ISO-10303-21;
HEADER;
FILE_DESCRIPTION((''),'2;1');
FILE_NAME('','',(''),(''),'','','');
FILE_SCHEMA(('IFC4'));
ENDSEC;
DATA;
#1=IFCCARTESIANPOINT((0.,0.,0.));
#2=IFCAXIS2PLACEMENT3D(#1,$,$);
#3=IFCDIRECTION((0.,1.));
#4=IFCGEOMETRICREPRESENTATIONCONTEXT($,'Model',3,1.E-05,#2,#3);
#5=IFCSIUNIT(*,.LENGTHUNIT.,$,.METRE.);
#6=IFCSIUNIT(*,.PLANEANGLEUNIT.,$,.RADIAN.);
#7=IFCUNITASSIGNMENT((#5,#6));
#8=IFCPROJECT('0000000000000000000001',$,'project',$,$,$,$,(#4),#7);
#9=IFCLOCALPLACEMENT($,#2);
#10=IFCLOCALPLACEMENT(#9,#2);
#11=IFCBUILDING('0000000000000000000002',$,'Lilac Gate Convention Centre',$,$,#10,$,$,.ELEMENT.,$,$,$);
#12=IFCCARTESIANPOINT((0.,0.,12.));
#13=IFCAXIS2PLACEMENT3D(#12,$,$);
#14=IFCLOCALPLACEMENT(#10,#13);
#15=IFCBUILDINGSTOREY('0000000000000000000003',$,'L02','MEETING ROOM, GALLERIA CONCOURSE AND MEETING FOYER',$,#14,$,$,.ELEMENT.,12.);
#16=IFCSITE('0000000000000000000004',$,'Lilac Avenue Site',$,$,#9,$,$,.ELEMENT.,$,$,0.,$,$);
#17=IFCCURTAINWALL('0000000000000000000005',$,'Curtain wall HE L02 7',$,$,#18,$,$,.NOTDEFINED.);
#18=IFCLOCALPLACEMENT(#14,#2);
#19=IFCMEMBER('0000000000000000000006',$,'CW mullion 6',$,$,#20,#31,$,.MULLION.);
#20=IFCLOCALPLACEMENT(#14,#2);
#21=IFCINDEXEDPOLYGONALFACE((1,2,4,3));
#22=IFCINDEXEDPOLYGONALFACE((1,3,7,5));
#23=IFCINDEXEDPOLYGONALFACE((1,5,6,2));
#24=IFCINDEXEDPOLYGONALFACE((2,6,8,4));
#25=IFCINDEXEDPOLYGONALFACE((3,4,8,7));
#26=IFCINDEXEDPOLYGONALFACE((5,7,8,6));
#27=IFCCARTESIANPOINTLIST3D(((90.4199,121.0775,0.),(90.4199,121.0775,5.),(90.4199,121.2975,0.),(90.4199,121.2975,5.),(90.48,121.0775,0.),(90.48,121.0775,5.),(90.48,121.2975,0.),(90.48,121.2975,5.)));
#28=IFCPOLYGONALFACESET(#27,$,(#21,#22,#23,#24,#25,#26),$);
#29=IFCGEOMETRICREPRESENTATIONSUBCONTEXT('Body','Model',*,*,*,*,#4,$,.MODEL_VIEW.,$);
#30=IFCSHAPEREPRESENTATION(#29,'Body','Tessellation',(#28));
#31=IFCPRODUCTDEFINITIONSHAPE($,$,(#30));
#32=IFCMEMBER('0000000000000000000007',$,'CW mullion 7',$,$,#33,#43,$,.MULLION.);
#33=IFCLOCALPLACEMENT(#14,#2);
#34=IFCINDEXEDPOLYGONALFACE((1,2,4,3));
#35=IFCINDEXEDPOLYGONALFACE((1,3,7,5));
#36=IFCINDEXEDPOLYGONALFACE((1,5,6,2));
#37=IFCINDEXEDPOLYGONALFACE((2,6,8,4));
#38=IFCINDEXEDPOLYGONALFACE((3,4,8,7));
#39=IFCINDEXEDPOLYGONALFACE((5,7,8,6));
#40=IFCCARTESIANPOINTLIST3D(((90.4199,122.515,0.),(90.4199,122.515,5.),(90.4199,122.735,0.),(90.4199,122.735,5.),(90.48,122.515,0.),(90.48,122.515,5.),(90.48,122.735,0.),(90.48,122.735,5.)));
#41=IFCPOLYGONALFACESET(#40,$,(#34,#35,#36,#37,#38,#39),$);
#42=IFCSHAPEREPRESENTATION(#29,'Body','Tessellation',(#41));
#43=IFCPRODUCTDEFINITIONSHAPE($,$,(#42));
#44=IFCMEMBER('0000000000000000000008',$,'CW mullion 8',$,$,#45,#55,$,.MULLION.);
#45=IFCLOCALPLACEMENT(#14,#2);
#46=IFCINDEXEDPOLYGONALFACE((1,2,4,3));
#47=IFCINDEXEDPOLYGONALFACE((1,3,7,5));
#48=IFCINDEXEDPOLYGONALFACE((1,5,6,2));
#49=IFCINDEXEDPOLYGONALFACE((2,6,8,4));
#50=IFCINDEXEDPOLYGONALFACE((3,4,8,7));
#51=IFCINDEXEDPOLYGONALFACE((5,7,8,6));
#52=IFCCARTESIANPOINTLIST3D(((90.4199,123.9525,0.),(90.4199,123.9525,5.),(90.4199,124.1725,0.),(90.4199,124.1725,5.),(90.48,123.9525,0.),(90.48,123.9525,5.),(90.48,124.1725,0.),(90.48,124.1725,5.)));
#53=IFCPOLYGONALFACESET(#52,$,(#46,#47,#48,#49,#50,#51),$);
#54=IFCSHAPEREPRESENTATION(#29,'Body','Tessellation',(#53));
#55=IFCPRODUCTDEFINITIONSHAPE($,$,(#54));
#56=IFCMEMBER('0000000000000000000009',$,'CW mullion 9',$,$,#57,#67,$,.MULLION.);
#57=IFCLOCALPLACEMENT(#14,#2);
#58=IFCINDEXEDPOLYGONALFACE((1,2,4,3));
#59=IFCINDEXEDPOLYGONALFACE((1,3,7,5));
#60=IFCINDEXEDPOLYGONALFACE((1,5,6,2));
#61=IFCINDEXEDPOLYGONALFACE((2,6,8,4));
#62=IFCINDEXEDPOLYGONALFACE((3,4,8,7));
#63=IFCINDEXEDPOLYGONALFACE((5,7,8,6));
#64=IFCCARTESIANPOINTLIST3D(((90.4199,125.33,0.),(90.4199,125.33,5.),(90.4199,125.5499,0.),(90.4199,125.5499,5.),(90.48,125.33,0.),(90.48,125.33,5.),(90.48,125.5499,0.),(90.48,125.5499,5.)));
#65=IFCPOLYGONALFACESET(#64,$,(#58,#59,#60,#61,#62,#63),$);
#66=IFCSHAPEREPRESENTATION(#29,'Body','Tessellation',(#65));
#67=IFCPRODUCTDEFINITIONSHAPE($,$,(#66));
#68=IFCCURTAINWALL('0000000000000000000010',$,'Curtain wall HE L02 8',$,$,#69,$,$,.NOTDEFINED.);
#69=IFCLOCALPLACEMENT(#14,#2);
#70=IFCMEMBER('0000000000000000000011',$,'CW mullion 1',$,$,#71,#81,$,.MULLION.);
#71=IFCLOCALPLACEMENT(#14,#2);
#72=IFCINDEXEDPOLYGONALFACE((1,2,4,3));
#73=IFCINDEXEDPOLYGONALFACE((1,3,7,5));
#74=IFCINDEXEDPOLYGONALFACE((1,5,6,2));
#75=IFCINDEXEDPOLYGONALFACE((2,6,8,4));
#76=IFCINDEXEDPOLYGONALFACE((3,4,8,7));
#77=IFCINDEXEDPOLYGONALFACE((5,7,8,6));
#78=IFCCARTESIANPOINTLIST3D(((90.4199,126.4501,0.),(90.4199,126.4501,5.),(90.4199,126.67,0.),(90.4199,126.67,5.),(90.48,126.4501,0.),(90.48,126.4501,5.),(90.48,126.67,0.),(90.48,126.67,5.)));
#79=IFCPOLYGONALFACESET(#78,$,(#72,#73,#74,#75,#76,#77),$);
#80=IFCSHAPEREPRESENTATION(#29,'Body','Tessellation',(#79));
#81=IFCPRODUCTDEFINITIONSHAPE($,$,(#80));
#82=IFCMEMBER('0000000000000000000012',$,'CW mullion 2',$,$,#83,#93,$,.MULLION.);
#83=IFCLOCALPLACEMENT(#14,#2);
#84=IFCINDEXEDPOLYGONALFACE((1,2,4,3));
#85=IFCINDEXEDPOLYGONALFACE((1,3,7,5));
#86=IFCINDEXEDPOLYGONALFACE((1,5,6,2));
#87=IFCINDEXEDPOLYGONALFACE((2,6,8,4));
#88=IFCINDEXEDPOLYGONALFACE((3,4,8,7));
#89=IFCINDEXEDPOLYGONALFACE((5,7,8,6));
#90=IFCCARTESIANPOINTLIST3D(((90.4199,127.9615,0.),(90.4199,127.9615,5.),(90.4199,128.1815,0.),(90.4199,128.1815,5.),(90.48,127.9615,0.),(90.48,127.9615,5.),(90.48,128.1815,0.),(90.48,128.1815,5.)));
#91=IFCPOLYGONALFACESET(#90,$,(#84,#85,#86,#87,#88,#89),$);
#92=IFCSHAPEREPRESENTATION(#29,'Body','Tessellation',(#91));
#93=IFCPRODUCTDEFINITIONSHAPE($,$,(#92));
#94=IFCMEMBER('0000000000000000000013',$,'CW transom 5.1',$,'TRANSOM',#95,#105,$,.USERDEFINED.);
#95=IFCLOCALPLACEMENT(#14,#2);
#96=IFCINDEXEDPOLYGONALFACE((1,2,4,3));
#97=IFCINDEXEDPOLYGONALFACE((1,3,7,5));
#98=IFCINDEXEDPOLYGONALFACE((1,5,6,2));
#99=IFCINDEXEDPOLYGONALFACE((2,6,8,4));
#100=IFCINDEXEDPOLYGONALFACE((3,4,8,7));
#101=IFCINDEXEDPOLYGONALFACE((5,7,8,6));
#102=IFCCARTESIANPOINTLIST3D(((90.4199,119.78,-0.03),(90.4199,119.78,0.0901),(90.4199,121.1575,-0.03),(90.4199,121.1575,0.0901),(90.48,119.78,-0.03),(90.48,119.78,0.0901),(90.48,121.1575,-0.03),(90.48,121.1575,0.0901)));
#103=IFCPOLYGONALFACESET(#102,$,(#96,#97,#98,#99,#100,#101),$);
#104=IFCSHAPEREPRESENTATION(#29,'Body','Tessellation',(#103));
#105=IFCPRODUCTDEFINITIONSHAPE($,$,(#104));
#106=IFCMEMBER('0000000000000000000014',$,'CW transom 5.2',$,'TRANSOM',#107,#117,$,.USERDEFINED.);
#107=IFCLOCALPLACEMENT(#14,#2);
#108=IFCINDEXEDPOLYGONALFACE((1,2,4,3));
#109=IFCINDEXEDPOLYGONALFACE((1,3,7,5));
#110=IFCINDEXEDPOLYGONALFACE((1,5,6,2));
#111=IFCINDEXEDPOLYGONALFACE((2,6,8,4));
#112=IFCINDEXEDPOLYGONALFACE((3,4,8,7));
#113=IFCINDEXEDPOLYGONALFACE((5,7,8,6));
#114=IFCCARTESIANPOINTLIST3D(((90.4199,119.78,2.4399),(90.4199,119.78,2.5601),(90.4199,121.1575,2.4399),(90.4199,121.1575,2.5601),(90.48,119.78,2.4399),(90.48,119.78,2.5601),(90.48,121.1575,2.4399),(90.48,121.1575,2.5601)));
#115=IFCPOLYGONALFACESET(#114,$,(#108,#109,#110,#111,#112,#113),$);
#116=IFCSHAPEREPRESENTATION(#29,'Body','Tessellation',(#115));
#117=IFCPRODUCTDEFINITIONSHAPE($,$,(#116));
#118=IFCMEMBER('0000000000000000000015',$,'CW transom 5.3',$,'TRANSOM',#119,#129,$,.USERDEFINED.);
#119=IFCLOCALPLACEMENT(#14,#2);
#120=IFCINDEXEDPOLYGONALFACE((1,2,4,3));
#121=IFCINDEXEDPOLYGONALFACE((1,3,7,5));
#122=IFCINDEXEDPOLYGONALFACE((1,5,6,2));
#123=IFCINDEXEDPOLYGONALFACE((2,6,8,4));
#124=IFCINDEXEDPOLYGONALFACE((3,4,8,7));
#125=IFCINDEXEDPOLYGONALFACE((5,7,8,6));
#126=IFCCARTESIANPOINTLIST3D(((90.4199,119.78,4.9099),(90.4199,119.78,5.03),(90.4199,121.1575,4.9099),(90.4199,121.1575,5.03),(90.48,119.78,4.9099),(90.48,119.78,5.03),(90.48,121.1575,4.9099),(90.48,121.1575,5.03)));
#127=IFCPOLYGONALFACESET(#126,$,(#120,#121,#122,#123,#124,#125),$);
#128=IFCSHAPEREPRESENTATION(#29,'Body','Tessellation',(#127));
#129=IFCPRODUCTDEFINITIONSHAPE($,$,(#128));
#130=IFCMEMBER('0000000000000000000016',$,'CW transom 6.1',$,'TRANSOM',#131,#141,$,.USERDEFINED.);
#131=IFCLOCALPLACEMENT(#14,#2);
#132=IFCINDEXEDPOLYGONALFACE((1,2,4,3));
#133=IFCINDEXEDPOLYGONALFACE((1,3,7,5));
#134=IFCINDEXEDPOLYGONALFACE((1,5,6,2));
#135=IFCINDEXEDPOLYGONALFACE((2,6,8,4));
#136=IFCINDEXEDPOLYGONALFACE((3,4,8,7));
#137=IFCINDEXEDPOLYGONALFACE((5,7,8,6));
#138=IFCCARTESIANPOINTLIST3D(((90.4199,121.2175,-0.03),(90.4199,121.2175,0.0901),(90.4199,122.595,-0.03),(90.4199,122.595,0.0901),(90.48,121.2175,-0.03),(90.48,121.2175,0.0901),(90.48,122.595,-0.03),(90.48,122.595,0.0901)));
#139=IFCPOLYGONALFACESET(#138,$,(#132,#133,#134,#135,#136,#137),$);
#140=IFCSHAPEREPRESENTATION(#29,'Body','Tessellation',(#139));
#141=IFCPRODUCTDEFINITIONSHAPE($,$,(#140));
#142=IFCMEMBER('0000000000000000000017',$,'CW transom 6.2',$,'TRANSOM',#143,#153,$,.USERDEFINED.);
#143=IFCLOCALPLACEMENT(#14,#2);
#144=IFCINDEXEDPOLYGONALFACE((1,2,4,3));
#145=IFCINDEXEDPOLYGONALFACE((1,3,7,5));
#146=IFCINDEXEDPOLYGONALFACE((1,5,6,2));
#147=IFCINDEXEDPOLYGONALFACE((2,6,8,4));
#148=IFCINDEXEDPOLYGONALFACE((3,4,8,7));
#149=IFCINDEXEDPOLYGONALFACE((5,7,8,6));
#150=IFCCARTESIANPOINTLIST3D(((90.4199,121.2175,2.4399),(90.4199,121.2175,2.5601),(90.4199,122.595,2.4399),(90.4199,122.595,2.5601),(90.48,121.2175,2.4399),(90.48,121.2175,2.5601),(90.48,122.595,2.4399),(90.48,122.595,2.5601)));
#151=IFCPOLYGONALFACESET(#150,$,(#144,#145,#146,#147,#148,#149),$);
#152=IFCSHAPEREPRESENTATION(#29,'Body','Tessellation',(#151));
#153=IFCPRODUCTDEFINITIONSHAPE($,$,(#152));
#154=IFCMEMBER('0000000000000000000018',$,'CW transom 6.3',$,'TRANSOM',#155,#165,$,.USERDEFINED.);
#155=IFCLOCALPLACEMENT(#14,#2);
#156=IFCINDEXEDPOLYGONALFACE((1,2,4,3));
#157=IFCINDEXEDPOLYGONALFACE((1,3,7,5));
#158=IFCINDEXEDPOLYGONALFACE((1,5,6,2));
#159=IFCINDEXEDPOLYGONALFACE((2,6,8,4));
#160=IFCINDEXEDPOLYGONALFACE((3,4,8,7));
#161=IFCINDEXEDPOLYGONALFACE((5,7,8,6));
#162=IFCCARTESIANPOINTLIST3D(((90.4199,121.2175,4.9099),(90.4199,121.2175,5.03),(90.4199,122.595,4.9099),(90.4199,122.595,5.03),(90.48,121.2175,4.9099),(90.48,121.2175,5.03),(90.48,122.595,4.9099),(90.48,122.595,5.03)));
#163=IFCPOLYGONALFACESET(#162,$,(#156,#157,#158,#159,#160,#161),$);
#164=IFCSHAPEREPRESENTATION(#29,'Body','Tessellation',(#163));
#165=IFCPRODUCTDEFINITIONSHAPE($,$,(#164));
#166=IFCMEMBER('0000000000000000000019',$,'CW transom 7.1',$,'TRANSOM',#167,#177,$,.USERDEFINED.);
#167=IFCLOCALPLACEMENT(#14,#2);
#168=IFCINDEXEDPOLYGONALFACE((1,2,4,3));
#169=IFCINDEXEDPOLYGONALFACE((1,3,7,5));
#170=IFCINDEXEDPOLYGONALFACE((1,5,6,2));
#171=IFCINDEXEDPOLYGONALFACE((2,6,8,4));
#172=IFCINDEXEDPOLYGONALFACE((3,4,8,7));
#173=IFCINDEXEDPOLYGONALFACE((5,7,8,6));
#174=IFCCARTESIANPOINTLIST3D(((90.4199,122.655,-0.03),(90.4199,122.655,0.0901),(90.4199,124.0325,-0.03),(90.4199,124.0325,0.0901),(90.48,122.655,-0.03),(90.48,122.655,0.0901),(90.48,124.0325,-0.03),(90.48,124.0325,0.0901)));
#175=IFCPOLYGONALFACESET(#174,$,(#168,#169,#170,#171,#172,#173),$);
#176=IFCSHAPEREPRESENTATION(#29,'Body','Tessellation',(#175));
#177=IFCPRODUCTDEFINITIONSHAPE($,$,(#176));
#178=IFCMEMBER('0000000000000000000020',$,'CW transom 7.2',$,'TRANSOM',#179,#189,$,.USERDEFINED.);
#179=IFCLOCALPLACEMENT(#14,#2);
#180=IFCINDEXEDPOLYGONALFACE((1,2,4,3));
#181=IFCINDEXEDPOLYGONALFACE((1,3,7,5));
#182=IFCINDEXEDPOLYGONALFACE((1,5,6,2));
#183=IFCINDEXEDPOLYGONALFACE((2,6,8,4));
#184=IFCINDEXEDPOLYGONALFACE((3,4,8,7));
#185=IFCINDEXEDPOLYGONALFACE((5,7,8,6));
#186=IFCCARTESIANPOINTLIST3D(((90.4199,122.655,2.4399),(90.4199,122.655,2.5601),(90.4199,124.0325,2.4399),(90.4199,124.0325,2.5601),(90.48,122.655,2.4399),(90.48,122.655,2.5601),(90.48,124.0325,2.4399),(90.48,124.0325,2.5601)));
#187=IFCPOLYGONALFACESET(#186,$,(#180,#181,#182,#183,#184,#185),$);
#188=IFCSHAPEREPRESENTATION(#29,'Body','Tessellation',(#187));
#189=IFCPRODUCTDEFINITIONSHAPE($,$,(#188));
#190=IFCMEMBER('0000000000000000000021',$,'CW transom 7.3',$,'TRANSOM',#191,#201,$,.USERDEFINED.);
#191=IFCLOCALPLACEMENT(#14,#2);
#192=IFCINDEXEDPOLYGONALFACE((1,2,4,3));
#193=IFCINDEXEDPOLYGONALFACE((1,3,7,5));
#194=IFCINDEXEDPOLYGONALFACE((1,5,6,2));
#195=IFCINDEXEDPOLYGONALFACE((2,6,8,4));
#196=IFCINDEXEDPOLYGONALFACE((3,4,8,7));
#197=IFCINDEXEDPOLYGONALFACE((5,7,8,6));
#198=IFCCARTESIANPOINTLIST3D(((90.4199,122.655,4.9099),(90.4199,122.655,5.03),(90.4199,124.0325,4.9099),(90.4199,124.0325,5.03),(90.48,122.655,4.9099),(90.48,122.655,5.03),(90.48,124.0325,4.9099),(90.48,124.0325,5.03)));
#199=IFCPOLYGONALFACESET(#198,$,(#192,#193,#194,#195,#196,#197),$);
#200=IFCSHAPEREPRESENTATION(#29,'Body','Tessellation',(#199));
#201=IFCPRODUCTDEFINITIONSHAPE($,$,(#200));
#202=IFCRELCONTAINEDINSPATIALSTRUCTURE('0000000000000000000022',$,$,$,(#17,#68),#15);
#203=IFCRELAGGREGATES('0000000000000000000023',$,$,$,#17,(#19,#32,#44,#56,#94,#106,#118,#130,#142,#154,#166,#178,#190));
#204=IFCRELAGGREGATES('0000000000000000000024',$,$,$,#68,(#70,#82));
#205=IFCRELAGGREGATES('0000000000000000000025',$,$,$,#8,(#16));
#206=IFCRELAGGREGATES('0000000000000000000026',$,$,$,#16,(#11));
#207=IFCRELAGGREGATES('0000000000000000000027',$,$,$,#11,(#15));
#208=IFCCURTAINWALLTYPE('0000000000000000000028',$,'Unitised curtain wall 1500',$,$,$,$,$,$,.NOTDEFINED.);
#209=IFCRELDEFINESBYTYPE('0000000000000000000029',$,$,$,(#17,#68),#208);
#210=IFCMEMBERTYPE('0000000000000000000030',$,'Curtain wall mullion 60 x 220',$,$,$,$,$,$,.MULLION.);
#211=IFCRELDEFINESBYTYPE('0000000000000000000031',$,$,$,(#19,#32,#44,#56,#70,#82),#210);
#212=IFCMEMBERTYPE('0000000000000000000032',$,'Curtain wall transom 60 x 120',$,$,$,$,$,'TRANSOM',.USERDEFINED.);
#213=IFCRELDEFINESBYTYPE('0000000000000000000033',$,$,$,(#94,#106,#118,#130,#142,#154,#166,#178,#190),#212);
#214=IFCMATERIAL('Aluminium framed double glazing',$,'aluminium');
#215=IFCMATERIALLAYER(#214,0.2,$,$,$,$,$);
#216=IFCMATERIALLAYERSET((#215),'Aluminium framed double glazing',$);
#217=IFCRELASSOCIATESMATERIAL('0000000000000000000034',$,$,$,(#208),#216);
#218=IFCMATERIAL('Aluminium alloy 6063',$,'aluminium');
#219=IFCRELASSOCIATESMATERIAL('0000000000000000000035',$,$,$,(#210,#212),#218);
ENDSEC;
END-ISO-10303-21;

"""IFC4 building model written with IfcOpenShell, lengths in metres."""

from ifc_helpers import new_model, si_unit, direction, frame, origin, origin_2d, place, context, subcontext, project, spatial, rectangle, extrude, material, layer, layer_set, material_profile, profile_set, type_object, element, aggregate, save


model = new_model("IFC4")

# Units and contexts
model_context = context("Model", 3, precision=1e-05, world=origin(), true_north=direction((0.0, 1.0)))
body_context = subcontext(model_context, "Body", "Model", "MODEL_VIEW")
ifc_project = project(units=[si_unit("LENGTHUNIT", "METRE"), si_unit("PLANEANGLEUNIT", "RADIAN")], contexts=[model_context])

# Site, building, storey
site_placement = place(None, origin())
site = spatial("IfcSite", under=ifc_project, at=site_placement, Name="Lilac Avenue Site", CompositionType="ELEMENT", RefElevation=0.0)
building_placement = place(site_placement, origin())
building = spatial("IfcBuilding", under=site, at=building_placement, Name="Lilac Gate Convention Centre", CompositionType="ELEMENT")
storey_placement = place(building_placement, frame((0.0, 0.0, 12.0)))
storey = spatial("IfcBuildingStorey", under=building, at=storey_placement, Name="L02", Description="MEETING ROOM, GALLERIA CONCOURSE AND MEETING FOYER", CompositionType="ELEMENT", Elevation=12.0)

# Curtain walls, members
ifc_material_1 = material(Name="Aluminium framed double glazing", Category="aluminium")
ifc_layer_1 = layer(ifc_material_1, 0.2)
ifc_layer_set_1 = layer_set([ifc_layer_1], Name="Aluminium framed double glazing")
curtain_wall_type = type_object("IfcCurtainWallType", Name="Unitised curtain wall 1500", PredefinedType="NOTDEFINED", material=ifc_layer_set_1)
curtain_wall_1_placement = place(storey_placement, origin())
curtain_wall_1 = element("IfcCurtainWall", 1, at=curtain_wall_1_placement, inside=storey, type_object=curtain_wall_type, Name="Curtain wall HE L02 7", PredefinedType="NOTDEFINED")
ifc_material_2 = material(Name="Aluminium alloy 6063", Category="aluminium")
ifc_material_profile_1 = material_profile(ifc_material_2, rectangle(XDim=0.0601, YDim=0.22, at=origin_2d()), Name="Curtain wall mullion 60 x 220")
ifc_profile_set_1 = profile_set([ifc_material_profile_1], Name="Aluminium alloy 6063")
member_type_1 = type_object("IfcMemberType", Name="Curtain wall mullion 60 x 220", PredefinedType="MULLION", material=ifc_profile_set_1)
member_1_placement = place(storey_placement, frame((90.45, 121.1875, 0.0), z_axis=(0.0, 0.0, 1.0), x_axis=(-1.0, 0.0, 0.0)))
member_1 = element("IfcMember", 2, at=member_1_placement, type_object=member_type_1, Name="CW mullion 6", PredefinedType="MULLION", context=body_context, shape_type="SweptSolid", body=[
    extrude(rectangle(XDim=0.0601, YDim=0.22, at=origin_2d()), origin(), (0.0, 0.0, 1.0), 5.0),
])
member_2_placement = place(storey_placement, frame((90.45, 122.625, 0.0), z_axis=(0.0, 0.0, 1.0), x_axis=(-1.0, 0.0, 0.0)))
member_2 = element("IfcMember", 3, at=member_2_placement, type_object=member_type_1, Name="CW mullion 7", PredefinedType="MULLION", context=body_context, shape_type="SweptSolid", body=[
    extrude(rectangle(XDim=0.0601, YDim=0.22, at=origin_2d()), origin(), (0.0, 0.0, 1.0), 5.0),
])
member_3_placement = place(storey_placement, frame((90.45, 124.0625, 0.0), z_axis=(0.0, 0.0, 1.0), x_axis=(-1.0, 0.0, 0.0)))
member_3 = element("IfcMember", 4, at=member_3_placement, type_object=member_type_1, Name="CW mullion 8", PredefinedType="MULLION", context=body_context, shape_type="SweptSolid", body=[
    extrude(rectangle(XDim=0.0601, YDim=0.22, at=origin_2d()), origin(), (0.0, 0.0, 1.0), 5.0),
])
member_4_placement = place(storey_placement, frame((90.45, 125.4399, 0.0), z_axis=(0.0, 0.0, 1.0), x_axis=(-1.0, 0.0, 0.0)))
member_4 = element("IfcMember", 5, at=member_4_placement, type_object=member_type_1, Name="CW mullion 9", PredefinedType="MULLION", context=body_context, shape_type="SweptSolid", body=[
    extrude(rectangle(XDim=0.0601, YDim=0.22, at=origin_2d()), origin(), (0.0, 0.0, 1.0), 5.0),
])
curtain_wall_2_placement = place(storey_placement, origin())
curtain_wall_2 = element("IfcCurtainWall", 6, at=curtain_wall_2_placement, inside=storey, type_object=curtain_wall_type, Name="Curtain wall HE L02 8", PredefinedType="NOTDEFINED")
member_5_placement = place(storey_placement, frame((90.45, 126.5601, 0.0), z_axis=(0.0, 0.0, 1.0), x_axis=(-1.0, 0.0, 0.0)))
member_5 = element("IfcMember", 7, at=member_5_placement, type_object=member_type_1, Name="CW mullion 1", PredefinedType="MULLION", context=body_context, shape_type="SweptSolid", body=[
    extrude(rectangle(XDim=0.0601, YDim=0.22, at=origin_2d()), origin(), (0.0, 0.0, 1.0), 5.0),
])
member_6_placement = place(storey_placement, frame((90.45, 128.0715, 0.0), z_axis=(0.0, 0.0, 1.0), x_axis=(-1.0, 0.0, 0.0)))
member_6 = element("IfcMember", 8, at=member_6_placement, type_object=member_type_1, Name="CW mullion 2", PredefinedType="MULLION", context=body_context, shape_type="SweptSolid", body=[
    extrude(rectangle(XDim=0.0601, YDim=0.22, at=origin_2d()), origin(), (0.0, 0.0, 1.0), 5.0),
])

# Members
ifc_material_profile_2 = material_profile(ifc_material_2, rectangle(XDim=0.0601, YDim=0.1201, at=origin_2d()), Name="Curtain wall transom 60 x 120")
ifc_profile_set_2 = profile_set([ifc_material_profile_2], Name="Aluminium alloy 6063")
member_type_2 = type_object("IfcMemberType", Name="Curtain wall transom 60 x 120", ElementType="TRANSOM", PredefinedType="USERDEFINED", material=ifc_profile_set_2)
member_7_placement = place(storey_placement, frame((90.45, 119.78, 0.03), z_axis=(0.0, 1.0, 0.0), x_axis=(-1.0, 0.0, 0.0)))
member_7 = element("IfcMember", 9, at=member_7_placement, type_object=member_type_2, Name="CW transom 5.1", ObjectType="TRANSOM", PredefinedType="USERDEFINED", context=body_context, shape_type="SweptSolid", body=[
    extrude(rectangle(XDim=0.0601, YDim=0.1201, at=origin_2d()), origin(), (0.0, 0.0, 1.0), 1.3774),
])
member_8_placement = place(storey_placement, frame((90.45, 119.78, 2.5), z_axis=(0.0, 1.0, 0.0), x_axis=(-1.0, 0.0, 0.0)))
member_8 = element("IfcMember", 10, at=member_8_placement, type_object=member_type_2, Name="CW transom 5.2", ObjectType="TRANSOM", PredefinedType="USERDEFINED", context=body_context, shape_type="SweptSolid", body=[
    extrude(rectangle(XDim=0.0601, YDim=0.1201, at=origin_2d()), origin(), (0.0, 0.0, 1.0), 1.3774),
])
member_9_placement = place(storey_placement, frame((90.45, 119.78, 4.97), z_axis=(0.0, 1.0, 0.0), x_axis=(-1.0, 0.0, 0.0)))
member_9 = element("IfcMember", 11, at=member_9_placement, type_object=member_type_2, Name="CW transom 5.3", ObjectType="TRANSOM", PredefinedType="USERDEFINED", context=body_context, shape_type="SweptSolid", body=[
    extrude(rectangle(XDim=0.0601, YDim=0.1201, at=origin_2d()), origin(), (0.0, 0.0, 1.0), 1.3774),
])
member_10_placement = place(storey_placement, frame((90.45, 121.2175, 0.03), z_axis=(0.0, 1.0, 0.0), x_axis=(-1.0, 0.0, 0.0)))
member_10 = element("IfcMember", 12, at=member_10_placement, type_object=member_type_2, Name="CW transom 6.1", ObjectType="TRANSOM", PredefinedType="USERDEFINED", context=body_context, shape_type="SweptSolid", body=[
    extrude(rectangle(XDim=0.0601, YDim=0.1201, at=origin_2d()), origin(), (0.0, 0.0, 1.0), 1.3774),
])
member_11_placement = place(storey_placement, frame((90.45, 121.2175, 2.5), z_axis=(0.0, 1.0, 0.0), x_axis=(-1.0, 0.0, 0.0)))
member_11 = element("IfcMember", 13, at=member_11_placement, type_object=member_type_2, Name="CW transom 6.2", ObjectType="TRANSOM", PredefinedType="USERDEFINED", context=body_context, shape_type="SweptSolid", body=[
    extrude(rectangle(XDim=0.0601, YDim=0.1201, at=origin_2d()), origin(), (0.0, 0.0, 1.0), 1.3774),
])
member_12_placement = place(storey_placement, frame((90.45, 121.2175, 4.97), z_axis=(0.0, 1.0, 0.0), x_axis=(-1.0, 0.0, 0.0)))
member_12 = element("IfcMember", 14, at=member_12_placement, type_object=member_type_2, Name="CW transom 6.3", ObjectType="TRANSOM", PredefinedType="USERDEFINED", context=body_context, shape_type="SweptSolid", body=[
    extrude(rectangle(XDim=0.0601, YDim=0.1201, at=origin_2d()), origin(), (0.0, 0.0, 1.0), 1.3774),
])
member_13_placement = place(storey_placement, frame((90.45, 122.655, 0.03), z_axis=(0.0, 1.0, 0.0), x_axis=(-1.0, 0.0, 0.0)))
member_13 = element("IfcMember", 15, at=member_13_placement, type_object=member_type_2, Name="CW transom 7.1", ObjectType="TRANSOM", PredefinedType="USERDEFINED", context=body_context, shape_type="SweptSolid", body=[
    extrude(rectangle(XDim=0.0601, YDim=0.1201, at=origin_2d()), origin(), (0.0, 0.0, 1.0), 1.3774),
])
member_14_placement = place(storey_placement, frame((90.45, 122.655, 2.5), z_axis=(0.0, 1.0, 0.0), x_axis=(-1.0, 0.0, 0.0)))
member_14 = element("IfcMember", 16, at=member_14_placement, type_object=member_type_2, Name="CW transom 7.2", ObjectType="TRANSOM", PredefinedType="USERDEFINED", context=body_context, shape_type="SweptSolid", body=[
    extrude(rectangle(XDim=0.0601, YDim=0.1201, at=origin_2d()), origin(), (0.0, 0.0, 1.0), 1.3774),
])
member_15_placement = place(storey_placement, frame((90.45, 122.655, 4.97), z_axis=(0.0, 1.0, 0.0), x_axis=(-1.0, 0.0, 0.0)))
member_15 = element("IfcMember", 17, at=member_15_placement, type_object=member_type_2, Name="CW transom 7.3", ObjectType="TRANSOM", PredefinedType="USERDEFINED", context=body_context, shape_type="SweptSolid", body=[
    extrude(rectangle(XDim=0.0601, YDim=0.1201, at=origin_2d()), origin(), (0.0, 0.0, 1.0), 1.3774),
])

aggregate(curtain_wall_1, [member_1, member_2, member_3, member_4, member_7, member_8, member_9, member_10, member_11, member_12, member_13, member_14, member_15])
aggregate(curtain_wall_2, [member_5, member_6])

save(model, "model.ifc")
